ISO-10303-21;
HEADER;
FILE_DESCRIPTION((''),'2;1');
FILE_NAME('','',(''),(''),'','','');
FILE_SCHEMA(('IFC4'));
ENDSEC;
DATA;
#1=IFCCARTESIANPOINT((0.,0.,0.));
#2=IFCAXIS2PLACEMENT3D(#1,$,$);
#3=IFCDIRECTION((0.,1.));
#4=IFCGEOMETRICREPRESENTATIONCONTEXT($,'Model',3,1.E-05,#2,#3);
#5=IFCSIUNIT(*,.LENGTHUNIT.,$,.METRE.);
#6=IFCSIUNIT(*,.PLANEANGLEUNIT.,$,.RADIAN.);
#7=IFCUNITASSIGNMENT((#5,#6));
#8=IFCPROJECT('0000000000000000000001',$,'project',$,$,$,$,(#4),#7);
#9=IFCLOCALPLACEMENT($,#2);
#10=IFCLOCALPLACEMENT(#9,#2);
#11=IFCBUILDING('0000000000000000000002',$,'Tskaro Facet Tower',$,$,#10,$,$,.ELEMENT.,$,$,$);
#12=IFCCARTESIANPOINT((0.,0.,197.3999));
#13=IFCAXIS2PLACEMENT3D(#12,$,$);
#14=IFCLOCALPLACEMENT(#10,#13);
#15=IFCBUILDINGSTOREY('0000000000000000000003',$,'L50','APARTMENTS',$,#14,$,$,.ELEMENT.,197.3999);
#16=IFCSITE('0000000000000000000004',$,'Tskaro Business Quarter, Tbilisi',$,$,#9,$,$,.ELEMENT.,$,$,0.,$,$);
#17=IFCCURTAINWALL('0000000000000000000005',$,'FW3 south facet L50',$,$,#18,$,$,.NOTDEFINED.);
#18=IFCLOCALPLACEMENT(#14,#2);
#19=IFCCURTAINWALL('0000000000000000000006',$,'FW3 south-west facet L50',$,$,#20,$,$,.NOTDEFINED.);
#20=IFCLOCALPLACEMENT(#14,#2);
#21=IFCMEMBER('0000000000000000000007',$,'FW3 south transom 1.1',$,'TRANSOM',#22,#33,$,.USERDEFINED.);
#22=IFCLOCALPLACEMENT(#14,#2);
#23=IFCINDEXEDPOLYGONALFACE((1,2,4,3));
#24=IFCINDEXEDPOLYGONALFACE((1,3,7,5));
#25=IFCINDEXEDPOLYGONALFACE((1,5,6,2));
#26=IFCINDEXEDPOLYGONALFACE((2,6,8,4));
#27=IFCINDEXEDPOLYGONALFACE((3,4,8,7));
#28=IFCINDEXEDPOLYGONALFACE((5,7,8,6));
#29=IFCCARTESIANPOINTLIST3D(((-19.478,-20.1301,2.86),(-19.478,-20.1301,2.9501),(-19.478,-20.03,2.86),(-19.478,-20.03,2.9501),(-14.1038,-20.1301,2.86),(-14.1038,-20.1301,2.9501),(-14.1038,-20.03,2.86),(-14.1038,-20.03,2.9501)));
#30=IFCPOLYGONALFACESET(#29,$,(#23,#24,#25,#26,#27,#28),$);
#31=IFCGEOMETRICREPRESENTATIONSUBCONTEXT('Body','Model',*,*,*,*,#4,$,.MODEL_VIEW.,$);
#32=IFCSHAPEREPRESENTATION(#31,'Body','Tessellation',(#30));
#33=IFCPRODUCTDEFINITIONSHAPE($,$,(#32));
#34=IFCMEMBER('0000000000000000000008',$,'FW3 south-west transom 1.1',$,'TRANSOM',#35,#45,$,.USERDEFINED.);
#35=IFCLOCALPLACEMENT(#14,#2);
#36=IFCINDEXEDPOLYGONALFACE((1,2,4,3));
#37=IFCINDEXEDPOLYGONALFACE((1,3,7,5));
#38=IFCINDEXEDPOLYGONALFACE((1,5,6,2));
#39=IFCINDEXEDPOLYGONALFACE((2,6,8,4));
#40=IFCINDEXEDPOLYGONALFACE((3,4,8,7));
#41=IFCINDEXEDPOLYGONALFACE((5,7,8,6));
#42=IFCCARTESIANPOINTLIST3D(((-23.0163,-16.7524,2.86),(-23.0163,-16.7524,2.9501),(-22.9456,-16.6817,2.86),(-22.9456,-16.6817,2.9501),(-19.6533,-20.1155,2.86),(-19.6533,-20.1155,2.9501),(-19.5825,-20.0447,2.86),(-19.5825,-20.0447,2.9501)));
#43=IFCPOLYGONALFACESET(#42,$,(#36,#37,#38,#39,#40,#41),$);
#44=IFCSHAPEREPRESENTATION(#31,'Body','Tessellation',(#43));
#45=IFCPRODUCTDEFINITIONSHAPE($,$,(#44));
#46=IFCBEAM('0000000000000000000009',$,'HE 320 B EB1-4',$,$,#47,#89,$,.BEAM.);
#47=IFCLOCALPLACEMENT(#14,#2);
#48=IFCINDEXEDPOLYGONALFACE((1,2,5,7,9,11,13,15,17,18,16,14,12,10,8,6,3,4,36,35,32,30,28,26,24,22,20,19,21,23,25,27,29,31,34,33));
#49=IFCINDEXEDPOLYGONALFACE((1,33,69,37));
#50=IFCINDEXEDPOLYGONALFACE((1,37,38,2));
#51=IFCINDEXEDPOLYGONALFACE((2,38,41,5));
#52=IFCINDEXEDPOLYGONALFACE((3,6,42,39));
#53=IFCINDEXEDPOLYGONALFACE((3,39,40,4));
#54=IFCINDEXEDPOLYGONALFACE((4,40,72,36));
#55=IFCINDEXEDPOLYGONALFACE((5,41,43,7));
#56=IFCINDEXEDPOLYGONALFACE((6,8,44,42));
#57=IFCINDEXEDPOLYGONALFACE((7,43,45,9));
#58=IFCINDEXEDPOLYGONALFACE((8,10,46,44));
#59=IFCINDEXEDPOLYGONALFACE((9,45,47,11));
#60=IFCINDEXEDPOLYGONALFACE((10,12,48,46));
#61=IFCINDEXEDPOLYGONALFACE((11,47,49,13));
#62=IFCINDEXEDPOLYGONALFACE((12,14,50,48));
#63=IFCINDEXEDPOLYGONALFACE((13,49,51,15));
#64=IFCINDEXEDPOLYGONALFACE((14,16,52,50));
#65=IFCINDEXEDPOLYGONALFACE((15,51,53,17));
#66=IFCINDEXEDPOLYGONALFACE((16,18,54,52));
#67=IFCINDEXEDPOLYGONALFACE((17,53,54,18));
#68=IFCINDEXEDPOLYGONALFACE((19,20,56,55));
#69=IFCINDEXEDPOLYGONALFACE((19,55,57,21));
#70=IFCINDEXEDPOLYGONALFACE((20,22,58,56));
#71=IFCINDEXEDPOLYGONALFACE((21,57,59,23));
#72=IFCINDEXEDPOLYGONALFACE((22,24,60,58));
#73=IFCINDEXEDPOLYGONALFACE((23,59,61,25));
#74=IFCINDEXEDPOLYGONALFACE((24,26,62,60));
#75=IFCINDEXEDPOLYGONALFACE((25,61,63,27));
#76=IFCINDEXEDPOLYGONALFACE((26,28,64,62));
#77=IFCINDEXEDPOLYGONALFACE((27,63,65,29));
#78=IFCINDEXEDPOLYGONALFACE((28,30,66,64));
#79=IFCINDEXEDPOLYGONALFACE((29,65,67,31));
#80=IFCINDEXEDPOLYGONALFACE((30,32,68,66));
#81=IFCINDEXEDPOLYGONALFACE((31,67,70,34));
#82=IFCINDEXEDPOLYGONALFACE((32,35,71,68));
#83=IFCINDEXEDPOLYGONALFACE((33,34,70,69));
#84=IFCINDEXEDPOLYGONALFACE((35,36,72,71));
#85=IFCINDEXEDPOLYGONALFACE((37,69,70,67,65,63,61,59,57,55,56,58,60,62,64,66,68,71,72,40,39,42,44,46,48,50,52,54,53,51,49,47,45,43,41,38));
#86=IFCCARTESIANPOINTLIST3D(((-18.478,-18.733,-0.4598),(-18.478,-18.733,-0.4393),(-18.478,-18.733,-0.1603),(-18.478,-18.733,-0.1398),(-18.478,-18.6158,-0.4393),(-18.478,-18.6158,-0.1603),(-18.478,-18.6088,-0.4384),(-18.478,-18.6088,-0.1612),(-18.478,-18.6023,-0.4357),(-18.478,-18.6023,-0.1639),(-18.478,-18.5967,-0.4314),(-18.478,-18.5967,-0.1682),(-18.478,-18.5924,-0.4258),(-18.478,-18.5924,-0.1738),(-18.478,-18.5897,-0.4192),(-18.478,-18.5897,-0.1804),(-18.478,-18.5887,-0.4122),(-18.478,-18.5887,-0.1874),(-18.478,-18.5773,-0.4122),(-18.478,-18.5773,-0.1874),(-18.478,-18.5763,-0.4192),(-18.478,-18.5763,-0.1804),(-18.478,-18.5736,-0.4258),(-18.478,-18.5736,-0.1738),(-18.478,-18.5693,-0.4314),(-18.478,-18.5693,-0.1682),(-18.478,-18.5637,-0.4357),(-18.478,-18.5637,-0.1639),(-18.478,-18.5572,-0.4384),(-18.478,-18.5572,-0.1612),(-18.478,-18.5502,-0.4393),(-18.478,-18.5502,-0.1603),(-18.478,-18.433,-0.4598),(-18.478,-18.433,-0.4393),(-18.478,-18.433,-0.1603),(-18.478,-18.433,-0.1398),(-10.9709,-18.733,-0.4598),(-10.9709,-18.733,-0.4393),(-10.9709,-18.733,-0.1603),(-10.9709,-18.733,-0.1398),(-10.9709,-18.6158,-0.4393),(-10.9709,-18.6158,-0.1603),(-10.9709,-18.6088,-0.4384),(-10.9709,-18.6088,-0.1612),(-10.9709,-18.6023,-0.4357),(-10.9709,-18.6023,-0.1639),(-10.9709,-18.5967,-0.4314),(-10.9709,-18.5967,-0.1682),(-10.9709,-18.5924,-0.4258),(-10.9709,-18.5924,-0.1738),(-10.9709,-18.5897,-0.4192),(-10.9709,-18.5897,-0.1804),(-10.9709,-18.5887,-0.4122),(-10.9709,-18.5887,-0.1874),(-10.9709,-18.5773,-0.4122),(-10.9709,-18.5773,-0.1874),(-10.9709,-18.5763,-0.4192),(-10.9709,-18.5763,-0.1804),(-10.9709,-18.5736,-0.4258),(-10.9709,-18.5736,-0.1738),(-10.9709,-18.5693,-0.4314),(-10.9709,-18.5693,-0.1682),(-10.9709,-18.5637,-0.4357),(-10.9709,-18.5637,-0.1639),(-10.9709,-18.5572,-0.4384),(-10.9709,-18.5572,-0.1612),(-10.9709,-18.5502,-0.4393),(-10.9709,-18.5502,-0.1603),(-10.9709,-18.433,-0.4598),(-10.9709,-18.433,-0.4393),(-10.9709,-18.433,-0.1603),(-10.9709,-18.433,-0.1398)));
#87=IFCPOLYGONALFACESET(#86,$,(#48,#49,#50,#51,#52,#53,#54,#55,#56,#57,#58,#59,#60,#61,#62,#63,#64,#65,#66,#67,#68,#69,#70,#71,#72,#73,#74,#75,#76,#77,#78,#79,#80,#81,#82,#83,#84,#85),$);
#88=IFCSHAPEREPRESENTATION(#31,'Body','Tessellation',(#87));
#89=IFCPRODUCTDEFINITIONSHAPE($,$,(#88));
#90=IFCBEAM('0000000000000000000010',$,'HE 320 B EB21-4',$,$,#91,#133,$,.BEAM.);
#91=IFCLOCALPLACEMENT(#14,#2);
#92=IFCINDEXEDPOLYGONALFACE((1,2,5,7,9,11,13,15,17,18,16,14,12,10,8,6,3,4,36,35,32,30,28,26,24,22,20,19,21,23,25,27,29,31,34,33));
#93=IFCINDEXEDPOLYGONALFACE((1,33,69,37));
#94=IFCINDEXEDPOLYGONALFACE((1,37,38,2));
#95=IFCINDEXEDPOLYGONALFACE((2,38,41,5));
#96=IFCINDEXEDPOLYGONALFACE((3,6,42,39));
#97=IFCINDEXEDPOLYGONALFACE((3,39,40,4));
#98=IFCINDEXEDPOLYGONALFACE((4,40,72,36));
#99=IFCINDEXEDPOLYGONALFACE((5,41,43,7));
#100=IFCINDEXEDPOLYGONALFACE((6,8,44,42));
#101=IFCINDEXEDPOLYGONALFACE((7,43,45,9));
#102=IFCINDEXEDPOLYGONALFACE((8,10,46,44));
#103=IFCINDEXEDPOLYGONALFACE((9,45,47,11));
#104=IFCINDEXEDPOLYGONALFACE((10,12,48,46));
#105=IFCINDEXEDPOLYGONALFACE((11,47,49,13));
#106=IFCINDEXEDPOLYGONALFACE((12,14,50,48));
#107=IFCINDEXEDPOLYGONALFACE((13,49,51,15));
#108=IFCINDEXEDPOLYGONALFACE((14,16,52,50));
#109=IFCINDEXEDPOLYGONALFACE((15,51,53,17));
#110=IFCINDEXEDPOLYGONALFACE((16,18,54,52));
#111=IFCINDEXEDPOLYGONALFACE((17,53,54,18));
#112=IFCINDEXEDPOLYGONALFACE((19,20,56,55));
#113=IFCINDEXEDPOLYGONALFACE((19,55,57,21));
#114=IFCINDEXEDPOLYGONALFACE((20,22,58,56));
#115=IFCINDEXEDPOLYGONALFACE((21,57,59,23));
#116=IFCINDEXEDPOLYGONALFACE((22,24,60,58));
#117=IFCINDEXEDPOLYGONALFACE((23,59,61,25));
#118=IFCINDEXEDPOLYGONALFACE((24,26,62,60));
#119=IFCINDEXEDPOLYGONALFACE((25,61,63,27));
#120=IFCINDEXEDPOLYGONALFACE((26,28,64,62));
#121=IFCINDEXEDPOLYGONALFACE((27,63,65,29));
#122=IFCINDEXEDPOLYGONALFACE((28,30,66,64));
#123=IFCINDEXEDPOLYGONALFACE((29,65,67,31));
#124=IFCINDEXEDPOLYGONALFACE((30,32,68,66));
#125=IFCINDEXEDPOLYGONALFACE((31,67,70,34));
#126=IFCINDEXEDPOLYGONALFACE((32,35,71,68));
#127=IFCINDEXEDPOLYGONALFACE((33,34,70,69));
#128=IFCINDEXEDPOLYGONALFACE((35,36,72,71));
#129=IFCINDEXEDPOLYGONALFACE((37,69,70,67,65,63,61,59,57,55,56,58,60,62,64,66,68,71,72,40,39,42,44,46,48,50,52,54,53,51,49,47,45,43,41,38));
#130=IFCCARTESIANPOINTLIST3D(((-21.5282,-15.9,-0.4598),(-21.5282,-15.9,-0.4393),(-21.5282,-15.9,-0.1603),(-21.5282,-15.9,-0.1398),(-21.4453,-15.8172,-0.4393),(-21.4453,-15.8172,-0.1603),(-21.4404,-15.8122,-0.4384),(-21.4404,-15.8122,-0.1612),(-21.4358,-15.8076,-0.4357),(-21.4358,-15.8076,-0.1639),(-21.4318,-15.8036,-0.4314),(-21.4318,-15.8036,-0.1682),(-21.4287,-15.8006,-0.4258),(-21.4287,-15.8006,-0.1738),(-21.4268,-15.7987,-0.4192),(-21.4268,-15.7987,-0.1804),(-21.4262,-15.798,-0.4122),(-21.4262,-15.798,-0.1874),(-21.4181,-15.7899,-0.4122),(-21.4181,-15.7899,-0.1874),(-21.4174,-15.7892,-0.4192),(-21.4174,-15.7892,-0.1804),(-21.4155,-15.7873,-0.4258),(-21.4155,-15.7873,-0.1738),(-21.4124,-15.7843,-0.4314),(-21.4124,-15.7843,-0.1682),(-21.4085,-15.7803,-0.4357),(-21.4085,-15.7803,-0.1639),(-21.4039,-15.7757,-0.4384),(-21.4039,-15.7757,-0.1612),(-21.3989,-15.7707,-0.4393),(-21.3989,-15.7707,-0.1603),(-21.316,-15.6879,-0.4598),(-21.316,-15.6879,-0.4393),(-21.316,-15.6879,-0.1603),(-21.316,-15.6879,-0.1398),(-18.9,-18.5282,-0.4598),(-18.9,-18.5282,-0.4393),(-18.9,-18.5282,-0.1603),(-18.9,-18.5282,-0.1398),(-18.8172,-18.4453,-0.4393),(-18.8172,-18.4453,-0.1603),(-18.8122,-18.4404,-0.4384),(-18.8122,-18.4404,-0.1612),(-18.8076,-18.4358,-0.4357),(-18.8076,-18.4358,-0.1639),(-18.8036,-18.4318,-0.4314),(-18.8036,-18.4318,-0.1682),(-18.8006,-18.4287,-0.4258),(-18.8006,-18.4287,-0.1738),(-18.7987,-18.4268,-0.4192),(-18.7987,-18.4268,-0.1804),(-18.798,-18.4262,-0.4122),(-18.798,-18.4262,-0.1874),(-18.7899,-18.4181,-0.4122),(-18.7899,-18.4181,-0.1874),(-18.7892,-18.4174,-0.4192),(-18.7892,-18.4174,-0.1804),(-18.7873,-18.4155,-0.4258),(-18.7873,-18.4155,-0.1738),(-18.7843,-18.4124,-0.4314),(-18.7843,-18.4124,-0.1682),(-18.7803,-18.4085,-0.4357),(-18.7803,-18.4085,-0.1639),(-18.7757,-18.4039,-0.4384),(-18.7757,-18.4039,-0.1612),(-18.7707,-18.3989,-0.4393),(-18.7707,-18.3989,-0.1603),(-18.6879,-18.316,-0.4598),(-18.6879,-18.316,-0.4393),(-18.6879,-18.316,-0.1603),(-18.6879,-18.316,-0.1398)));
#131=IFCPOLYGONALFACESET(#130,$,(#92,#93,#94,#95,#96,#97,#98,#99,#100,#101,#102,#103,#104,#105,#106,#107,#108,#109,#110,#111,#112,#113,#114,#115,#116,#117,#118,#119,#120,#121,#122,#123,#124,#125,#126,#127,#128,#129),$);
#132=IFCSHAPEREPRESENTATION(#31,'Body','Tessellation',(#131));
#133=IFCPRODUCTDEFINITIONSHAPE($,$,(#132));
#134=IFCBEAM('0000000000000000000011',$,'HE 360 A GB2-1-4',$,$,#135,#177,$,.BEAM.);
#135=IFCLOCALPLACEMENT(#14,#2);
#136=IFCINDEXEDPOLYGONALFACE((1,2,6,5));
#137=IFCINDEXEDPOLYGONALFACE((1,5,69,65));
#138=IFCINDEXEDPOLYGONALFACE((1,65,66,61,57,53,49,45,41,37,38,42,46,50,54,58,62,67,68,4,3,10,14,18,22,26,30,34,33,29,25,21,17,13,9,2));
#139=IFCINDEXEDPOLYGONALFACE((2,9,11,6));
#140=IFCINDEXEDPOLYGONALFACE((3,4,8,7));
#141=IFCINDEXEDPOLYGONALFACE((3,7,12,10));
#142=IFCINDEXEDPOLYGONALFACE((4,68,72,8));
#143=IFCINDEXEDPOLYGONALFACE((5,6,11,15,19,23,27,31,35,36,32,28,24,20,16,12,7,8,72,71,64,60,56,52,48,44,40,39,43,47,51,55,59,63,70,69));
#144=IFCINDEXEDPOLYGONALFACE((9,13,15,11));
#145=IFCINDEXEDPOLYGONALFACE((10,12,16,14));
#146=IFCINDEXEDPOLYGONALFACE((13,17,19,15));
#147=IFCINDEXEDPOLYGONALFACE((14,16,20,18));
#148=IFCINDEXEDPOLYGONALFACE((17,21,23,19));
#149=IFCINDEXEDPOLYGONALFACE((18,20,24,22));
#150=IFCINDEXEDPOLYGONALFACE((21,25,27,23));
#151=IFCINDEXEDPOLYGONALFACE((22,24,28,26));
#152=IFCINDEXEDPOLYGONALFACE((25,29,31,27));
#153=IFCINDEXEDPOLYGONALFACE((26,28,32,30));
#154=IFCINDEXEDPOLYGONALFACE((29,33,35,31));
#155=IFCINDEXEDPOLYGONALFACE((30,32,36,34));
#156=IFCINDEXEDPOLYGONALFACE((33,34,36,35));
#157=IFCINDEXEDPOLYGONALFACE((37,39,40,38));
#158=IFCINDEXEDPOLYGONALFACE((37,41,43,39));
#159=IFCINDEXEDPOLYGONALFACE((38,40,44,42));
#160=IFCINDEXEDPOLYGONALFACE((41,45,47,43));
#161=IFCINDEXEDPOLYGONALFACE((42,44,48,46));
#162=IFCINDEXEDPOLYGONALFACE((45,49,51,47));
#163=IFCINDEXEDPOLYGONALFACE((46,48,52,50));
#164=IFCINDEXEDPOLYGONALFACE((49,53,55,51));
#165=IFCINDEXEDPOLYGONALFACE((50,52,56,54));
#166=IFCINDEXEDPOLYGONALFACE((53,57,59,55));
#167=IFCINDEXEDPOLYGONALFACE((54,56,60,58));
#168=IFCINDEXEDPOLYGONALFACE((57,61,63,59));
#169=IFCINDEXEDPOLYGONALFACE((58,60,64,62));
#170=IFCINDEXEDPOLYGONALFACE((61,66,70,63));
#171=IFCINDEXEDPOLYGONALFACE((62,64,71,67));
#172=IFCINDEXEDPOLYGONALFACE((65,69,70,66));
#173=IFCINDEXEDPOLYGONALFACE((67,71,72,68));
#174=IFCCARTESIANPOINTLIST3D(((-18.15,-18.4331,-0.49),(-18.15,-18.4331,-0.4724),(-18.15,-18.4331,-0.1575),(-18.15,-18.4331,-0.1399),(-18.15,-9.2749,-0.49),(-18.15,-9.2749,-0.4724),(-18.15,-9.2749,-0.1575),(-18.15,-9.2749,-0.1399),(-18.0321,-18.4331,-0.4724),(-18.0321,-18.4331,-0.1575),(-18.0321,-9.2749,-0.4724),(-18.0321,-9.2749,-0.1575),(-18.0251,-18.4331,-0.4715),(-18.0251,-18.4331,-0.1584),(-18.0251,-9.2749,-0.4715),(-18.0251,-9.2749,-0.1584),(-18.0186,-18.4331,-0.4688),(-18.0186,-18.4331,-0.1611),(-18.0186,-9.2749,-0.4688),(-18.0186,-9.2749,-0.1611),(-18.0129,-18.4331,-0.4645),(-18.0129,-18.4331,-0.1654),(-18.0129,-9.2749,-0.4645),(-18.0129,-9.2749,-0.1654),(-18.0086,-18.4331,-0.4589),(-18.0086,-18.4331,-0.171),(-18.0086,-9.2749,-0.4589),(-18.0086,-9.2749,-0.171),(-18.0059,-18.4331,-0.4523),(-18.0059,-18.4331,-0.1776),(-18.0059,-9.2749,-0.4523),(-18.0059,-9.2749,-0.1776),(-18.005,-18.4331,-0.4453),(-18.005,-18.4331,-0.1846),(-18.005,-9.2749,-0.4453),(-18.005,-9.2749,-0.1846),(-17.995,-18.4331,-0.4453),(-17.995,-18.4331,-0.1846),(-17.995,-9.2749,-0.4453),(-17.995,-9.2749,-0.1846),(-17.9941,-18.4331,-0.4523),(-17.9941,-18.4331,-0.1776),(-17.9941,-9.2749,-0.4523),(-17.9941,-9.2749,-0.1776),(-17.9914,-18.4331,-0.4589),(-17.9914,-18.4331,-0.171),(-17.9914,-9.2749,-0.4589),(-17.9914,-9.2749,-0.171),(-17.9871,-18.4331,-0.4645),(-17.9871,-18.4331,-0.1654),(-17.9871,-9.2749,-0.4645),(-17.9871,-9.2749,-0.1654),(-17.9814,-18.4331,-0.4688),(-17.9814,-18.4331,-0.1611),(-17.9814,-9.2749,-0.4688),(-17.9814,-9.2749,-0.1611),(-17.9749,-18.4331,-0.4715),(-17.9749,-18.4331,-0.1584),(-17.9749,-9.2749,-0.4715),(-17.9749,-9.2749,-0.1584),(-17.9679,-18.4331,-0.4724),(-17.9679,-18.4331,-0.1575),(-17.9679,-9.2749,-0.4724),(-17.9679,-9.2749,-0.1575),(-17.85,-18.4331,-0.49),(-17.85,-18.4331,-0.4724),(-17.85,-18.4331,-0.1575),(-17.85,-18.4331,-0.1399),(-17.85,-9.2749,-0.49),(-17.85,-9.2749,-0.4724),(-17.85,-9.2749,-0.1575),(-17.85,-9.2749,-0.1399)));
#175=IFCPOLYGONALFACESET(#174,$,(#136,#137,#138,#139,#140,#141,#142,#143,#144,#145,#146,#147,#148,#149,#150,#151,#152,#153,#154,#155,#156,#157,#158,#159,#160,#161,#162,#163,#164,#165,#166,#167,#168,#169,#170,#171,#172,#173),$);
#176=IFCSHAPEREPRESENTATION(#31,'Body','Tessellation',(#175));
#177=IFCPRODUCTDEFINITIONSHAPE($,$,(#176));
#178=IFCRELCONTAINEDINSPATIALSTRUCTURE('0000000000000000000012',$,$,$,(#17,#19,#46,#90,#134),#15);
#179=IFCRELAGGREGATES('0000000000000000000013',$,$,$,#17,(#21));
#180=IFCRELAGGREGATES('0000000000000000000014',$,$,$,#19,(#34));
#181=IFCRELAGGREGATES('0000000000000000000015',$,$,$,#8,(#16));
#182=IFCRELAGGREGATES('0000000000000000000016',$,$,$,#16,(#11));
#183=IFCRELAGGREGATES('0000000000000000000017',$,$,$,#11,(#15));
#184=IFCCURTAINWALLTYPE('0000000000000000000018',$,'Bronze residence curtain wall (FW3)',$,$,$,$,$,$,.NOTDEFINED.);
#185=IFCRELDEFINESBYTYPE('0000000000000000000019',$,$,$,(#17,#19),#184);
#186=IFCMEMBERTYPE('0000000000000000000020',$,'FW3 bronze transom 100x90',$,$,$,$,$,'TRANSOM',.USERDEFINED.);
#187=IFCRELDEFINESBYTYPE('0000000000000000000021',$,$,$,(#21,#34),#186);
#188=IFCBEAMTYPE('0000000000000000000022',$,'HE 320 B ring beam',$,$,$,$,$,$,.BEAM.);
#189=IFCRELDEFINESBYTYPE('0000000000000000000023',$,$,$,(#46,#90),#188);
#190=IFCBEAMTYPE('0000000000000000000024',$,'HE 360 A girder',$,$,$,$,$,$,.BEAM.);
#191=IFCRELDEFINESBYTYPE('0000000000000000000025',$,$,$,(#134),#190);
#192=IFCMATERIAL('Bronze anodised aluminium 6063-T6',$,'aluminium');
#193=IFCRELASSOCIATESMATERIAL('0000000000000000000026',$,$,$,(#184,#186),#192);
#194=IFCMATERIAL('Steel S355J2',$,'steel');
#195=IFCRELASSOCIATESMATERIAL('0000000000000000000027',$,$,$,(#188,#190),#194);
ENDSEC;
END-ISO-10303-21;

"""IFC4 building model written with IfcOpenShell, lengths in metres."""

from ifc_helpers import new_model, si_unit, direction, frame, origin, origin_2d, place, context, subcontext, project, spatial, rectangle, i_section, extrude, material, material_profile, profile_set, type_object, element, aggregate, save


model = new_model("IFC4")

# Units and contexts
model_context = context("Model", 3, precision=1e-05, world=origin(), true_north=direction((0.0, 1.0)))
body_context = subcontext(model_context, "Body", "Model", "MODEL_VIEW")
ifc_project = project(units=[si_unit("LENGTHUNIT", "METRE"), si_unit("PLANEANGLEUNIT", "RADIAN")], contexts=[model_context])

# Site, building, storey
site_placement = place(None, origin())
site = spatial("IfcSite", under=ifc_project, at=site_placement, Name="Tskaro Business Quarter, Tbilisi", CompositionType="ELEMENT", RefElevation=0.0)
building_placement = place(site_placement, origin())
building = spatial("IfcBuilding", under=site, at=building_placement, Name="Tskaro Facet Tower", CompositionType="ELEMENT")
storey_placement = place(building_placement, frame((0.0, 0.0, 197.3999)))
storey = spatial("IfcBuildingStorey", under=building, at=storey_placement, Name="L50", Description="APARTMENTS", CompositionType="ELEMENT", Elevation=197.3999)

# Curtain walls
ifc_material_1 = material(Name="Bronze anodised aluminium 6063-T6", Category="aluminium")
curtain_wall_type = type_object("IfcCurtainWallType", Name="Bronze residence curtain wall (FW3)", PredefinedType="NOTDEFINED", material=ifc_material_1)
curtain_wall_1_placement = place(storey_placement, origin())
curtain_wall_1 = element("IfcCurtainWall", 1, at=curtain_wall_1_placement, inside=storey, type_object=curtain_wall_type, Name="FW3 south facet L50", PredefinedType="NOTDEFINED")
curtain_wall_2_placement = place(storey_placement, origin())
curtain_wall_2 = element("IfcCurtainWall", 2, at=curtain_wall_2_placement, inside=storey, type_object=curtain_wall_type, Name="FW3 south-west facet L50", PredefinedType="NOTDEFINED")

# Members
ifc_material_profile_1 = material_profile(ifc_material_1, rectangle(XDim=0.1001, YDim=0.0901, at=origin_2d()), Name="Transom 100x90")
ifc_profile_set_1 = profile_set([ifc_material_profile_1], Name="Bronze anodised aluminium 6063-T6")
member_type_1 = type_object("IfcMemberType", Name="FW3 bronze transom 100x90", ElementType="TRANSOM", PredefinedType="USERDEFINED", material=ifc_profile_set_1)
member_1_placement = place(storey_placement, frame((-19.478, -20.0801, 2.905), z_axis=(1.0, 0.0, 0.0), x_axis=(0.0, 1.0, 0.0)))
member_1 = element("IfcMember", 3, at=member_1_placement, type_object=member_type_1, Name="FW3 south transom 1.1", ObjectType="TRANSOM", PredefinedType="USERDEFINED", context=body_context, shape_type="SweptSolid", body=[
    extrude(rectangle(XDim=0.1001, YDim=0.0901, at=origin_2d()), origin(), (0.0, 0.0, 1.0), 5.3743),
])
aggregate(curtain_wall_1, [member_1])
member_2_placement = place(storey_placement, frame((-22.981, -16.717, 2.905), z_axis=(0.707107, -0.707107, 0.0), x_axis=(0.707107, 0.707107, 0.0)))
member_2 = element("IfcMember", 4, at=member_2_placement, type_object=member_type_1, Name="FW3 south-west transom 1.1", ObjectType="TRANSOM", PredefinedType="USERDEFINED", context=body_context, shape_type="SweptSolid", body=[
    extrude(rectangle(XDim=0.1001, YDim=0.0901, at=origin_2d()), origin(), (0.0, 0.0, 1.0), 4.7561),
])

# Beams
ifc_material_2 = material(Name="Steel S355J2", Category="steel")
ifc_material_profile_2 = material_profile(ifc_material_2, i_section(OverallWidth=0.3, OverallDepth=0.3201, WebThickness=0.0115, FlangeThickness=0.0205, FilletRadius=0.0271, at=origin_2d()), Name="HE 320 B")
ifc_profile_set_2 = profile_set([ifc_material_profile_2], Name="Steel S355J2")
beam_type_1 = type_object("IfcBeamType", Name="HE 320 B ring beam", PredefinedType="BEAM", material=ifc_profile_set_2)
beam_1_placement = place(storey_placement, frame((-18.478, -18.583, -0.2998), z_axis=(1.0, 0.0, 0.0), x_axis=(0.0, 1.0, 0.0)))
element("IfcBeam", 5, at=beam_1_placement, inside=storey, type_object=beam_type_1, Name="HE 320 B EB1-4", PredefinedType="BEAM", context=body_context, shape_type="SweptSolid", body=[
    extrude(i_section(OverallWidth=0.3, OverallDepth=0.3201, WebThickness=0.0115, FlangeThickness=0.0205, FilletRadius=0.0271, at=origin_2d()), origin(), (0.0, 0.0, 1.0), 7.5071),
])
beam_2_placement = place(storey_placement, frame((-21.4221, -15.7939, -0.2998), z_axis=(0.707107, -0.707107, 0.0), x_axis=(0.707107, 0.707107, 0.0)))
element("IfcBeam", 6, at=beam_2_placement, inside=storey, type_object=beam_type_1, Name="HE 320 B EB21-4", PredefinedType="BEAM", context=body_context, shape_type="SweptSolid", body=[
    extrude(i_section(OverallWidth=0.3, OverallDepth=0.3201, WebThickness=0.0115, FlangeThickness=0.0205, FilletRadius=0.0271, at=origin_2d()), origin(), (0.0, 0.0, 1.0), 3.7168),
])
ifc_material_profile_3 = material_profile(ifc_material_2, i_section(OverallWidth=0.3, OverallDepth=0.3501, WebThickness=0.01, FlangeThickness=0.0176, FilletRadius=0.0271, at=origin_2d()), Name="HE 360 A")
ifc_profile_set_3 = profile_set([ifc_material_profile_3], Name="Steel S355J2")
beam_type_2 = type_object("IfcBeamType", Name="HE 360 A girder", PredefinedType="BEAM", material=ifc_profile_set_3)
beam_3_placement = place(storey_placement, frame((-18.0, -18.4331, -0.3149), z_axis=(0.0, 1.0, 0.0), x_axis=(-1.0, 0.0, 0.0)))
element("IfcBeam", 7, at=beam_3_placement, inside=storey, type_object=beam_type_2, Name="HE 360 A GB2-1-4", PredefinedType="BEAM", context=body_context, shape_type="SweptSolid", body=[
    extrude(i_section(OverallWidth=0.3, OverallDepth=0.3501, WebThickness=0.01, FlangeThickness=0.0176, FilletRadius=0.0271, at=origin_2d()), origin(), (0.0, 0.0, 1.0), 9.1582),
])

aggregate(curtain_wall_2, [member_2])

save(model, "model.ifc")
